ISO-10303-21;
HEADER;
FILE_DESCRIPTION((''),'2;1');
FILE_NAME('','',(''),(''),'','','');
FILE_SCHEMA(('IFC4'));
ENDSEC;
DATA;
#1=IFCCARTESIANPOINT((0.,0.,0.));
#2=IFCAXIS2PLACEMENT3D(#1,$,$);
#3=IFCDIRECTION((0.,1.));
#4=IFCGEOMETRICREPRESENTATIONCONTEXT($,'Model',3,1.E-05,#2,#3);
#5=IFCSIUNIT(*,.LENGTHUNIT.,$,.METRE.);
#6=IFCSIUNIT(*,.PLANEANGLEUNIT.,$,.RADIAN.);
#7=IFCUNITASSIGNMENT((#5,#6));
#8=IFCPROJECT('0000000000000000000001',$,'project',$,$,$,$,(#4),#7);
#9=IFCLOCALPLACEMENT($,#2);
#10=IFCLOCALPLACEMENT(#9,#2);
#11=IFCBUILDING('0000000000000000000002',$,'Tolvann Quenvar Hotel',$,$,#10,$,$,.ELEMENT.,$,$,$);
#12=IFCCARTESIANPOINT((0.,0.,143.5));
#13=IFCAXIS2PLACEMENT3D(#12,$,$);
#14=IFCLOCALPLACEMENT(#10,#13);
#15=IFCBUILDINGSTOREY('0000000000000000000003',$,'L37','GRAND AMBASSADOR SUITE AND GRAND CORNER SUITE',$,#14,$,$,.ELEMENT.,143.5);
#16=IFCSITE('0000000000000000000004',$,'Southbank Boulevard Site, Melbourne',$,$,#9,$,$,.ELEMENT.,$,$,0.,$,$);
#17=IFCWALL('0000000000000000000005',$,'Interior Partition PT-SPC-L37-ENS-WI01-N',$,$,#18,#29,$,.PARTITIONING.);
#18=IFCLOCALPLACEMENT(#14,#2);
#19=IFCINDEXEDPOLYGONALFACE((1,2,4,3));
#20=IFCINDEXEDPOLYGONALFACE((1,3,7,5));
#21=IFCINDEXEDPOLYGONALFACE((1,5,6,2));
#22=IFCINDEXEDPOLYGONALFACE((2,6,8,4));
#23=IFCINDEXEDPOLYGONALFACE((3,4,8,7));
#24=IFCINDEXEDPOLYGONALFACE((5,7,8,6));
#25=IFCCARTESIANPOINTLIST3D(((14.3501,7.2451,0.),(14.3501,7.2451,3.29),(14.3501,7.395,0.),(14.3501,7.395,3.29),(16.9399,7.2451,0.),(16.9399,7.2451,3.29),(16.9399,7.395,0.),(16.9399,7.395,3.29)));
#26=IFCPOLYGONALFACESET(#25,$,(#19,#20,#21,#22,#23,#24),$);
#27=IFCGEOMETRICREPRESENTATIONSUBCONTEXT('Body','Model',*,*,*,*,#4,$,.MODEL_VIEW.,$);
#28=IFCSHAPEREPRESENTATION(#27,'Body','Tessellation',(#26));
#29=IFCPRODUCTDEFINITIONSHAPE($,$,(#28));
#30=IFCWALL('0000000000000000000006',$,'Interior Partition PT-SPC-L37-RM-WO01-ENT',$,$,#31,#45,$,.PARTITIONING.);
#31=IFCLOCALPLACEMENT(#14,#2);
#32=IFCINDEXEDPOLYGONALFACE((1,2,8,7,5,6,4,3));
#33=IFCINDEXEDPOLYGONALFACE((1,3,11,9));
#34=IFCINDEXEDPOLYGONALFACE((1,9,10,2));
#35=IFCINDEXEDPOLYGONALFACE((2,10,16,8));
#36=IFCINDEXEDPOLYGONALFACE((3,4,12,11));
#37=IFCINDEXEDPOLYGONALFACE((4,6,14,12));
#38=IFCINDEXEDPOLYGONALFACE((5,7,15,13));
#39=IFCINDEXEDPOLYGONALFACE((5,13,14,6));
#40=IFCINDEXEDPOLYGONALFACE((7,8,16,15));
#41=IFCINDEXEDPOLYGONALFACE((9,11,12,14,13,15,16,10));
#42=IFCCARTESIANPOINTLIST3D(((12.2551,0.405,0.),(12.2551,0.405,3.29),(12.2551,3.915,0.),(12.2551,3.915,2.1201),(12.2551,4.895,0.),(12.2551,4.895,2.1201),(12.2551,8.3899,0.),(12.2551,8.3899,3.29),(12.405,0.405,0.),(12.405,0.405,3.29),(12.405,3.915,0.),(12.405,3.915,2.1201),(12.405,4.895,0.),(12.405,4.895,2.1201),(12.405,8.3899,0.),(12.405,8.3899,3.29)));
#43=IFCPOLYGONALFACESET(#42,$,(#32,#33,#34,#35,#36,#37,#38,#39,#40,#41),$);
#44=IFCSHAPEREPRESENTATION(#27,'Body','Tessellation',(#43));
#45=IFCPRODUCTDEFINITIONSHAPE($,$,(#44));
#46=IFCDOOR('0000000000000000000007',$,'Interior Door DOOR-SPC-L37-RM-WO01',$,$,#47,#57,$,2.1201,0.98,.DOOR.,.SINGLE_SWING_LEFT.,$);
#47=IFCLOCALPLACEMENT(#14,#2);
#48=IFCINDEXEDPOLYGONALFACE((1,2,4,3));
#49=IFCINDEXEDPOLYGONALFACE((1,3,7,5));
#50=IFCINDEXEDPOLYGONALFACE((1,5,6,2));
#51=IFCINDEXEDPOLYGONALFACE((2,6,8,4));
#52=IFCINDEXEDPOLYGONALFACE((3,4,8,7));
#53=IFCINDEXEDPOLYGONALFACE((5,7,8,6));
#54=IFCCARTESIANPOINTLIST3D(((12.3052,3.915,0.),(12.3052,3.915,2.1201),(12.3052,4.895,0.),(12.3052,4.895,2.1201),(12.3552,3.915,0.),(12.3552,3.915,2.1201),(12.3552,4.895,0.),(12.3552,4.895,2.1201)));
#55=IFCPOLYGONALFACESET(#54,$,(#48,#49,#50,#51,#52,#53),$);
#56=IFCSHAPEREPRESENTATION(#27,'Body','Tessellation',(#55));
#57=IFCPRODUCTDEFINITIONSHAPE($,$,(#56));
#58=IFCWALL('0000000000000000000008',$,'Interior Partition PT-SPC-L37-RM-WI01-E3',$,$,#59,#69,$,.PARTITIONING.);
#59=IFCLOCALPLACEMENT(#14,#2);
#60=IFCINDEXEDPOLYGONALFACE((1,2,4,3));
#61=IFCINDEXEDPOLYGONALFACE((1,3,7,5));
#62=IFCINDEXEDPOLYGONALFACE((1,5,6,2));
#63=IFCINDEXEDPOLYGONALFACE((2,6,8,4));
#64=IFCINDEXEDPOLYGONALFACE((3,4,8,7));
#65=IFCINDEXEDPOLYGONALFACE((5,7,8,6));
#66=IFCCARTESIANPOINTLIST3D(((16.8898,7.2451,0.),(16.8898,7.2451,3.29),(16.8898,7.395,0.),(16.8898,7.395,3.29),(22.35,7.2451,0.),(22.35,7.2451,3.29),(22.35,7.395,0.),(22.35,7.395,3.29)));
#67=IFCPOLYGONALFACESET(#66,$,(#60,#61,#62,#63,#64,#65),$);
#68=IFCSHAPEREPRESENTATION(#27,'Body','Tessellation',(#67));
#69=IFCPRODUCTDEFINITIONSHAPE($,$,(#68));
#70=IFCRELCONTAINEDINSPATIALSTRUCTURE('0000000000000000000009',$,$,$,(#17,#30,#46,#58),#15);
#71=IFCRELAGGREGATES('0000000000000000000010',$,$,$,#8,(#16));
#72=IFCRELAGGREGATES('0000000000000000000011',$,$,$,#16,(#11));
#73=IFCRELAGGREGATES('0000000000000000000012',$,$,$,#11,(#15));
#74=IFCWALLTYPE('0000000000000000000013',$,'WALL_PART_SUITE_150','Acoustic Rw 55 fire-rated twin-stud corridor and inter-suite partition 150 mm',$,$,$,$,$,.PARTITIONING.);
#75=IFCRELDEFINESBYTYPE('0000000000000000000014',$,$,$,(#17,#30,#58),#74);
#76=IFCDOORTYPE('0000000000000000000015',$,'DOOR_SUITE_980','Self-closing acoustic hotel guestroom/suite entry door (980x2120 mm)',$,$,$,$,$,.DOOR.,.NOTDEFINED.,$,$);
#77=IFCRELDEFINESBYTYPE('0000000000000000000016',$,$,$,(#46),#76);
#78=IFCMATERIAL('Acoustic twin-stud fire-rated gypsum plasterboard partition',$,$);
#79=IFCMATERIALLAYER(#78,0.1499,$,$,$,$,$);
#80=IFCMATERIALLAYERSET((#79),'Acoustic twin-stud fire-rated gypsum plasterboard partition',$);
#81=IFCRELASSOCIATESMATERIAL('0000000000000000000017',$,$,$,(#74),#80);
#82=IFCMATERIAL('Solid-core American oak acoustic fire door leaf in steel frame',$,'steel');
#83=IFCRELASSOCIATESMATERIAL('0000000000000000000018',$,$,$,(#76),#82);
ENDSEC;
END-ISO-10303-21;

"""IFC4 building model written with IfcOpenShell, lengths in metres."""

from ifc_helpers import new_model, si_unit, direction, frame, frame_2d, origin, place, context, subcontext, project, spatial, rectangle, extrude, source, transform, mapped, material, layer, layer_set, type_object, type_shapes, element, fill, save


model = new_model("IFC4")

# Units and contexts
model_context = context("Model", 3, precision=1e-05, world=origin(), true_north=direction((0.0, 1.0)))
body_context = subcontext(model_context, "Body", "Model", "MODEL_VIEW")
ifc_project = project(units=[si_unit("LENGTHUNIT", "METRE"), si_unit("PLANEANGLEUNIT", "RADIAN")], contexts=[model_context])

# Site, building, storey
site_placement = place(None, origin())
site = spatial("IfcSite", under=ifc_project, at=site_placement, Name="Southbank Boulevard Site, Melbourne", CompositionType="ELEMENT", RefElevation=0.0)
building_placement = place(site_placement, origin())
building = spatial("IfcBuilding", under=site, at=building_placement, Name="Tolvann Quenvar Hotel", CompositionType="ELEMENT")
storey_placement = place(building_placement, frame((0.0, 0.0, 143.5)))
storey = spatial("IfcBuildingStorey", under=building, at=storey_placement, Name="L37", Description="GRAND AMBASSADOR SUITE AND GRAND CORNER SUITE", CompositionType="ELEMENT", Elevation=143.5)

# Shared definitions
ifc_material_1 = material(Name="Acoustic twin-stud fire-rated gypsum plasterboard partition")
ifc_layer_1 = layer(ifc_material_1, 0.1499)
ifc_layer_set_1 = layer_set([ifc_layer_1], Name="Acoustic twin-stud fire-rated gypsum plasterboard partition")
wall_type_1 = type_object("IfcWallType", Name="WALL_PART_SUITE_150", Description="Acoustic Rw 55 fire-rated twin-stud corridor and inter-suite partition 150 mm", PredefinedType="PARTITIONING", material=ifc_layer_set_1)
ifc_material_2 = material(Name="Solid-core American oak acoustic fire door leaf in steel frame", Category="steel")

# Wall
for number, where, z_axis, x_axis, name in (
    (1, (14.3501, 7.3201, 0.0), (0.0, 0.0, 1.0), (1.0, 0.0, 0.0), "Interior Partition PT-SPC-L37-ENS-WI01-N"),
):
    element("IfcWall", number, at=place(storey_placement, frame(where, z_axis=z_axis, x_axis=x_axis)), inside=storey, type_object=wall_type_1, Name=name, PredefinedType="PARTITIONING", context=body_context, shape_type="SweptSolid", body=[
        extrude(rectangle(XDim=2.5898, YDim=0.1499, at=frame_2d((1.2949, 0.0))), origin(), (0.0, 0.0, 1.0), 3.29),
    ])

# Wall, opening, door
wall_1_placement = place(storey_placement, frame((12.3301, 0.405, 0.0), z_axis=(0.0, 0.0, 1.0), x_axis=(0.0, 1.0, 0.0)))
wall_1 = element("IfcWall", 2, at=wall_1_placement, inside=storey, type_object=wall_type_1, Name="Interior Partition PT-SPC-L37-RM-WO01-ENT", PredefinedType="PARTITIONING", context=body_context, shape_type="SweptSolid", body=[
    extrude(rectangle(XDim=7.9849, YDim=0.1499, at=frame_2d((3.9924, 0.0))), origin(), (0.0, 0.0, 1.0), 3.29),
])
opening_1_placement = place(wall_1_placement, frame((3.51, 0.0, 0.0)))
opening_1 = element("IfcOpeningElement", 3, at=opening_1_placement, cuts=wall_1, PredefinedType="OPENING", context=body_context, shape_type="SweptSolid", body=[
    extrude(rectangle(XDim=0.98, YDim=2.1201, at=frame_2d((0.49, 1.0601))), frame((0.0, 0.085, 0.0), z_axis=(0.0, -1.0, 0.0), x_axis=(1.0, 0.0, 0.0)), (0.0, 0.0, 1.0), 0.1699),
])
door_type_1 = type_object("IfcDoorType", Name="DOOR_SUITE_980", Description="Self-closing acoustic hotel guestroom/suite entry door (980x2120 mm)", OperationType="NOTDEFINED", PredefinedType="DOOR", material=ifc_material_2)
shared_shape_1 = source(origin(), body_context, "Body", "SweptSolid", [
    extrude(rectangle(XDim=0.98, YDim=2.1201, at=frame_2d((0.49, 1.0601))), frame((0.0, 0.0249, 0.0), z_axis=(0.0, -1.0, 0.0), x_axis=(1.0, 0.0, 0.0)), (0.0, 0.0, 1.0), 0.05),
])
type_shapes(door_type_1, [shared_shape_1])
door_1_placement = place(opening_1_placement, origin())
door_1 = element("IfcDoor", 4, at=door_1_placement, inside=storey, type_object=door_type_1, Name="Interior Door DOOR-SPC-L37-RM-WO01", OperationType="SINGLE_SWING_LEFT", OverallHeight=2.1201, OverallWidth=0.98, PredefinedType="DOOR", context=body_context, shape_type="MappedRepresentation", body=[
    mapped(shared_shape_1, transform((0.0, 0.0, 0.0), x_axis=(1.0, 0.0, 0.0), y_axis=(0.0, 1.0, 0.0), z_axis=(0.0, 0.0, 1.0), scale=1.0)),
])
fill(opening_1, door_1)

# Wall
wall_2_placement = place(storey_placement, frame((16.8899, 7.3201, 0.0), z_axis=(0.0, 0.0, 1.0), x_axis=(1.0, 0.0, 0.0)))
element("IfcWall", 5, at=wall_2_placement, inside=storey, type_object=wall_type_1, Name="Interior Partition PT-SPC-L37-RM-WI01-E3", PredefinedType="PARTITIONING", context=body_context, shape_type="SweptSolid", body=[
    extrude(rectangle(XDim=5.4602, YDim=0.1499, at=frame_2d((2.73, 0.0))), origin(), (0.0, 0.0, 1.0), 3.29),
])

save(model, "model.ifc")
